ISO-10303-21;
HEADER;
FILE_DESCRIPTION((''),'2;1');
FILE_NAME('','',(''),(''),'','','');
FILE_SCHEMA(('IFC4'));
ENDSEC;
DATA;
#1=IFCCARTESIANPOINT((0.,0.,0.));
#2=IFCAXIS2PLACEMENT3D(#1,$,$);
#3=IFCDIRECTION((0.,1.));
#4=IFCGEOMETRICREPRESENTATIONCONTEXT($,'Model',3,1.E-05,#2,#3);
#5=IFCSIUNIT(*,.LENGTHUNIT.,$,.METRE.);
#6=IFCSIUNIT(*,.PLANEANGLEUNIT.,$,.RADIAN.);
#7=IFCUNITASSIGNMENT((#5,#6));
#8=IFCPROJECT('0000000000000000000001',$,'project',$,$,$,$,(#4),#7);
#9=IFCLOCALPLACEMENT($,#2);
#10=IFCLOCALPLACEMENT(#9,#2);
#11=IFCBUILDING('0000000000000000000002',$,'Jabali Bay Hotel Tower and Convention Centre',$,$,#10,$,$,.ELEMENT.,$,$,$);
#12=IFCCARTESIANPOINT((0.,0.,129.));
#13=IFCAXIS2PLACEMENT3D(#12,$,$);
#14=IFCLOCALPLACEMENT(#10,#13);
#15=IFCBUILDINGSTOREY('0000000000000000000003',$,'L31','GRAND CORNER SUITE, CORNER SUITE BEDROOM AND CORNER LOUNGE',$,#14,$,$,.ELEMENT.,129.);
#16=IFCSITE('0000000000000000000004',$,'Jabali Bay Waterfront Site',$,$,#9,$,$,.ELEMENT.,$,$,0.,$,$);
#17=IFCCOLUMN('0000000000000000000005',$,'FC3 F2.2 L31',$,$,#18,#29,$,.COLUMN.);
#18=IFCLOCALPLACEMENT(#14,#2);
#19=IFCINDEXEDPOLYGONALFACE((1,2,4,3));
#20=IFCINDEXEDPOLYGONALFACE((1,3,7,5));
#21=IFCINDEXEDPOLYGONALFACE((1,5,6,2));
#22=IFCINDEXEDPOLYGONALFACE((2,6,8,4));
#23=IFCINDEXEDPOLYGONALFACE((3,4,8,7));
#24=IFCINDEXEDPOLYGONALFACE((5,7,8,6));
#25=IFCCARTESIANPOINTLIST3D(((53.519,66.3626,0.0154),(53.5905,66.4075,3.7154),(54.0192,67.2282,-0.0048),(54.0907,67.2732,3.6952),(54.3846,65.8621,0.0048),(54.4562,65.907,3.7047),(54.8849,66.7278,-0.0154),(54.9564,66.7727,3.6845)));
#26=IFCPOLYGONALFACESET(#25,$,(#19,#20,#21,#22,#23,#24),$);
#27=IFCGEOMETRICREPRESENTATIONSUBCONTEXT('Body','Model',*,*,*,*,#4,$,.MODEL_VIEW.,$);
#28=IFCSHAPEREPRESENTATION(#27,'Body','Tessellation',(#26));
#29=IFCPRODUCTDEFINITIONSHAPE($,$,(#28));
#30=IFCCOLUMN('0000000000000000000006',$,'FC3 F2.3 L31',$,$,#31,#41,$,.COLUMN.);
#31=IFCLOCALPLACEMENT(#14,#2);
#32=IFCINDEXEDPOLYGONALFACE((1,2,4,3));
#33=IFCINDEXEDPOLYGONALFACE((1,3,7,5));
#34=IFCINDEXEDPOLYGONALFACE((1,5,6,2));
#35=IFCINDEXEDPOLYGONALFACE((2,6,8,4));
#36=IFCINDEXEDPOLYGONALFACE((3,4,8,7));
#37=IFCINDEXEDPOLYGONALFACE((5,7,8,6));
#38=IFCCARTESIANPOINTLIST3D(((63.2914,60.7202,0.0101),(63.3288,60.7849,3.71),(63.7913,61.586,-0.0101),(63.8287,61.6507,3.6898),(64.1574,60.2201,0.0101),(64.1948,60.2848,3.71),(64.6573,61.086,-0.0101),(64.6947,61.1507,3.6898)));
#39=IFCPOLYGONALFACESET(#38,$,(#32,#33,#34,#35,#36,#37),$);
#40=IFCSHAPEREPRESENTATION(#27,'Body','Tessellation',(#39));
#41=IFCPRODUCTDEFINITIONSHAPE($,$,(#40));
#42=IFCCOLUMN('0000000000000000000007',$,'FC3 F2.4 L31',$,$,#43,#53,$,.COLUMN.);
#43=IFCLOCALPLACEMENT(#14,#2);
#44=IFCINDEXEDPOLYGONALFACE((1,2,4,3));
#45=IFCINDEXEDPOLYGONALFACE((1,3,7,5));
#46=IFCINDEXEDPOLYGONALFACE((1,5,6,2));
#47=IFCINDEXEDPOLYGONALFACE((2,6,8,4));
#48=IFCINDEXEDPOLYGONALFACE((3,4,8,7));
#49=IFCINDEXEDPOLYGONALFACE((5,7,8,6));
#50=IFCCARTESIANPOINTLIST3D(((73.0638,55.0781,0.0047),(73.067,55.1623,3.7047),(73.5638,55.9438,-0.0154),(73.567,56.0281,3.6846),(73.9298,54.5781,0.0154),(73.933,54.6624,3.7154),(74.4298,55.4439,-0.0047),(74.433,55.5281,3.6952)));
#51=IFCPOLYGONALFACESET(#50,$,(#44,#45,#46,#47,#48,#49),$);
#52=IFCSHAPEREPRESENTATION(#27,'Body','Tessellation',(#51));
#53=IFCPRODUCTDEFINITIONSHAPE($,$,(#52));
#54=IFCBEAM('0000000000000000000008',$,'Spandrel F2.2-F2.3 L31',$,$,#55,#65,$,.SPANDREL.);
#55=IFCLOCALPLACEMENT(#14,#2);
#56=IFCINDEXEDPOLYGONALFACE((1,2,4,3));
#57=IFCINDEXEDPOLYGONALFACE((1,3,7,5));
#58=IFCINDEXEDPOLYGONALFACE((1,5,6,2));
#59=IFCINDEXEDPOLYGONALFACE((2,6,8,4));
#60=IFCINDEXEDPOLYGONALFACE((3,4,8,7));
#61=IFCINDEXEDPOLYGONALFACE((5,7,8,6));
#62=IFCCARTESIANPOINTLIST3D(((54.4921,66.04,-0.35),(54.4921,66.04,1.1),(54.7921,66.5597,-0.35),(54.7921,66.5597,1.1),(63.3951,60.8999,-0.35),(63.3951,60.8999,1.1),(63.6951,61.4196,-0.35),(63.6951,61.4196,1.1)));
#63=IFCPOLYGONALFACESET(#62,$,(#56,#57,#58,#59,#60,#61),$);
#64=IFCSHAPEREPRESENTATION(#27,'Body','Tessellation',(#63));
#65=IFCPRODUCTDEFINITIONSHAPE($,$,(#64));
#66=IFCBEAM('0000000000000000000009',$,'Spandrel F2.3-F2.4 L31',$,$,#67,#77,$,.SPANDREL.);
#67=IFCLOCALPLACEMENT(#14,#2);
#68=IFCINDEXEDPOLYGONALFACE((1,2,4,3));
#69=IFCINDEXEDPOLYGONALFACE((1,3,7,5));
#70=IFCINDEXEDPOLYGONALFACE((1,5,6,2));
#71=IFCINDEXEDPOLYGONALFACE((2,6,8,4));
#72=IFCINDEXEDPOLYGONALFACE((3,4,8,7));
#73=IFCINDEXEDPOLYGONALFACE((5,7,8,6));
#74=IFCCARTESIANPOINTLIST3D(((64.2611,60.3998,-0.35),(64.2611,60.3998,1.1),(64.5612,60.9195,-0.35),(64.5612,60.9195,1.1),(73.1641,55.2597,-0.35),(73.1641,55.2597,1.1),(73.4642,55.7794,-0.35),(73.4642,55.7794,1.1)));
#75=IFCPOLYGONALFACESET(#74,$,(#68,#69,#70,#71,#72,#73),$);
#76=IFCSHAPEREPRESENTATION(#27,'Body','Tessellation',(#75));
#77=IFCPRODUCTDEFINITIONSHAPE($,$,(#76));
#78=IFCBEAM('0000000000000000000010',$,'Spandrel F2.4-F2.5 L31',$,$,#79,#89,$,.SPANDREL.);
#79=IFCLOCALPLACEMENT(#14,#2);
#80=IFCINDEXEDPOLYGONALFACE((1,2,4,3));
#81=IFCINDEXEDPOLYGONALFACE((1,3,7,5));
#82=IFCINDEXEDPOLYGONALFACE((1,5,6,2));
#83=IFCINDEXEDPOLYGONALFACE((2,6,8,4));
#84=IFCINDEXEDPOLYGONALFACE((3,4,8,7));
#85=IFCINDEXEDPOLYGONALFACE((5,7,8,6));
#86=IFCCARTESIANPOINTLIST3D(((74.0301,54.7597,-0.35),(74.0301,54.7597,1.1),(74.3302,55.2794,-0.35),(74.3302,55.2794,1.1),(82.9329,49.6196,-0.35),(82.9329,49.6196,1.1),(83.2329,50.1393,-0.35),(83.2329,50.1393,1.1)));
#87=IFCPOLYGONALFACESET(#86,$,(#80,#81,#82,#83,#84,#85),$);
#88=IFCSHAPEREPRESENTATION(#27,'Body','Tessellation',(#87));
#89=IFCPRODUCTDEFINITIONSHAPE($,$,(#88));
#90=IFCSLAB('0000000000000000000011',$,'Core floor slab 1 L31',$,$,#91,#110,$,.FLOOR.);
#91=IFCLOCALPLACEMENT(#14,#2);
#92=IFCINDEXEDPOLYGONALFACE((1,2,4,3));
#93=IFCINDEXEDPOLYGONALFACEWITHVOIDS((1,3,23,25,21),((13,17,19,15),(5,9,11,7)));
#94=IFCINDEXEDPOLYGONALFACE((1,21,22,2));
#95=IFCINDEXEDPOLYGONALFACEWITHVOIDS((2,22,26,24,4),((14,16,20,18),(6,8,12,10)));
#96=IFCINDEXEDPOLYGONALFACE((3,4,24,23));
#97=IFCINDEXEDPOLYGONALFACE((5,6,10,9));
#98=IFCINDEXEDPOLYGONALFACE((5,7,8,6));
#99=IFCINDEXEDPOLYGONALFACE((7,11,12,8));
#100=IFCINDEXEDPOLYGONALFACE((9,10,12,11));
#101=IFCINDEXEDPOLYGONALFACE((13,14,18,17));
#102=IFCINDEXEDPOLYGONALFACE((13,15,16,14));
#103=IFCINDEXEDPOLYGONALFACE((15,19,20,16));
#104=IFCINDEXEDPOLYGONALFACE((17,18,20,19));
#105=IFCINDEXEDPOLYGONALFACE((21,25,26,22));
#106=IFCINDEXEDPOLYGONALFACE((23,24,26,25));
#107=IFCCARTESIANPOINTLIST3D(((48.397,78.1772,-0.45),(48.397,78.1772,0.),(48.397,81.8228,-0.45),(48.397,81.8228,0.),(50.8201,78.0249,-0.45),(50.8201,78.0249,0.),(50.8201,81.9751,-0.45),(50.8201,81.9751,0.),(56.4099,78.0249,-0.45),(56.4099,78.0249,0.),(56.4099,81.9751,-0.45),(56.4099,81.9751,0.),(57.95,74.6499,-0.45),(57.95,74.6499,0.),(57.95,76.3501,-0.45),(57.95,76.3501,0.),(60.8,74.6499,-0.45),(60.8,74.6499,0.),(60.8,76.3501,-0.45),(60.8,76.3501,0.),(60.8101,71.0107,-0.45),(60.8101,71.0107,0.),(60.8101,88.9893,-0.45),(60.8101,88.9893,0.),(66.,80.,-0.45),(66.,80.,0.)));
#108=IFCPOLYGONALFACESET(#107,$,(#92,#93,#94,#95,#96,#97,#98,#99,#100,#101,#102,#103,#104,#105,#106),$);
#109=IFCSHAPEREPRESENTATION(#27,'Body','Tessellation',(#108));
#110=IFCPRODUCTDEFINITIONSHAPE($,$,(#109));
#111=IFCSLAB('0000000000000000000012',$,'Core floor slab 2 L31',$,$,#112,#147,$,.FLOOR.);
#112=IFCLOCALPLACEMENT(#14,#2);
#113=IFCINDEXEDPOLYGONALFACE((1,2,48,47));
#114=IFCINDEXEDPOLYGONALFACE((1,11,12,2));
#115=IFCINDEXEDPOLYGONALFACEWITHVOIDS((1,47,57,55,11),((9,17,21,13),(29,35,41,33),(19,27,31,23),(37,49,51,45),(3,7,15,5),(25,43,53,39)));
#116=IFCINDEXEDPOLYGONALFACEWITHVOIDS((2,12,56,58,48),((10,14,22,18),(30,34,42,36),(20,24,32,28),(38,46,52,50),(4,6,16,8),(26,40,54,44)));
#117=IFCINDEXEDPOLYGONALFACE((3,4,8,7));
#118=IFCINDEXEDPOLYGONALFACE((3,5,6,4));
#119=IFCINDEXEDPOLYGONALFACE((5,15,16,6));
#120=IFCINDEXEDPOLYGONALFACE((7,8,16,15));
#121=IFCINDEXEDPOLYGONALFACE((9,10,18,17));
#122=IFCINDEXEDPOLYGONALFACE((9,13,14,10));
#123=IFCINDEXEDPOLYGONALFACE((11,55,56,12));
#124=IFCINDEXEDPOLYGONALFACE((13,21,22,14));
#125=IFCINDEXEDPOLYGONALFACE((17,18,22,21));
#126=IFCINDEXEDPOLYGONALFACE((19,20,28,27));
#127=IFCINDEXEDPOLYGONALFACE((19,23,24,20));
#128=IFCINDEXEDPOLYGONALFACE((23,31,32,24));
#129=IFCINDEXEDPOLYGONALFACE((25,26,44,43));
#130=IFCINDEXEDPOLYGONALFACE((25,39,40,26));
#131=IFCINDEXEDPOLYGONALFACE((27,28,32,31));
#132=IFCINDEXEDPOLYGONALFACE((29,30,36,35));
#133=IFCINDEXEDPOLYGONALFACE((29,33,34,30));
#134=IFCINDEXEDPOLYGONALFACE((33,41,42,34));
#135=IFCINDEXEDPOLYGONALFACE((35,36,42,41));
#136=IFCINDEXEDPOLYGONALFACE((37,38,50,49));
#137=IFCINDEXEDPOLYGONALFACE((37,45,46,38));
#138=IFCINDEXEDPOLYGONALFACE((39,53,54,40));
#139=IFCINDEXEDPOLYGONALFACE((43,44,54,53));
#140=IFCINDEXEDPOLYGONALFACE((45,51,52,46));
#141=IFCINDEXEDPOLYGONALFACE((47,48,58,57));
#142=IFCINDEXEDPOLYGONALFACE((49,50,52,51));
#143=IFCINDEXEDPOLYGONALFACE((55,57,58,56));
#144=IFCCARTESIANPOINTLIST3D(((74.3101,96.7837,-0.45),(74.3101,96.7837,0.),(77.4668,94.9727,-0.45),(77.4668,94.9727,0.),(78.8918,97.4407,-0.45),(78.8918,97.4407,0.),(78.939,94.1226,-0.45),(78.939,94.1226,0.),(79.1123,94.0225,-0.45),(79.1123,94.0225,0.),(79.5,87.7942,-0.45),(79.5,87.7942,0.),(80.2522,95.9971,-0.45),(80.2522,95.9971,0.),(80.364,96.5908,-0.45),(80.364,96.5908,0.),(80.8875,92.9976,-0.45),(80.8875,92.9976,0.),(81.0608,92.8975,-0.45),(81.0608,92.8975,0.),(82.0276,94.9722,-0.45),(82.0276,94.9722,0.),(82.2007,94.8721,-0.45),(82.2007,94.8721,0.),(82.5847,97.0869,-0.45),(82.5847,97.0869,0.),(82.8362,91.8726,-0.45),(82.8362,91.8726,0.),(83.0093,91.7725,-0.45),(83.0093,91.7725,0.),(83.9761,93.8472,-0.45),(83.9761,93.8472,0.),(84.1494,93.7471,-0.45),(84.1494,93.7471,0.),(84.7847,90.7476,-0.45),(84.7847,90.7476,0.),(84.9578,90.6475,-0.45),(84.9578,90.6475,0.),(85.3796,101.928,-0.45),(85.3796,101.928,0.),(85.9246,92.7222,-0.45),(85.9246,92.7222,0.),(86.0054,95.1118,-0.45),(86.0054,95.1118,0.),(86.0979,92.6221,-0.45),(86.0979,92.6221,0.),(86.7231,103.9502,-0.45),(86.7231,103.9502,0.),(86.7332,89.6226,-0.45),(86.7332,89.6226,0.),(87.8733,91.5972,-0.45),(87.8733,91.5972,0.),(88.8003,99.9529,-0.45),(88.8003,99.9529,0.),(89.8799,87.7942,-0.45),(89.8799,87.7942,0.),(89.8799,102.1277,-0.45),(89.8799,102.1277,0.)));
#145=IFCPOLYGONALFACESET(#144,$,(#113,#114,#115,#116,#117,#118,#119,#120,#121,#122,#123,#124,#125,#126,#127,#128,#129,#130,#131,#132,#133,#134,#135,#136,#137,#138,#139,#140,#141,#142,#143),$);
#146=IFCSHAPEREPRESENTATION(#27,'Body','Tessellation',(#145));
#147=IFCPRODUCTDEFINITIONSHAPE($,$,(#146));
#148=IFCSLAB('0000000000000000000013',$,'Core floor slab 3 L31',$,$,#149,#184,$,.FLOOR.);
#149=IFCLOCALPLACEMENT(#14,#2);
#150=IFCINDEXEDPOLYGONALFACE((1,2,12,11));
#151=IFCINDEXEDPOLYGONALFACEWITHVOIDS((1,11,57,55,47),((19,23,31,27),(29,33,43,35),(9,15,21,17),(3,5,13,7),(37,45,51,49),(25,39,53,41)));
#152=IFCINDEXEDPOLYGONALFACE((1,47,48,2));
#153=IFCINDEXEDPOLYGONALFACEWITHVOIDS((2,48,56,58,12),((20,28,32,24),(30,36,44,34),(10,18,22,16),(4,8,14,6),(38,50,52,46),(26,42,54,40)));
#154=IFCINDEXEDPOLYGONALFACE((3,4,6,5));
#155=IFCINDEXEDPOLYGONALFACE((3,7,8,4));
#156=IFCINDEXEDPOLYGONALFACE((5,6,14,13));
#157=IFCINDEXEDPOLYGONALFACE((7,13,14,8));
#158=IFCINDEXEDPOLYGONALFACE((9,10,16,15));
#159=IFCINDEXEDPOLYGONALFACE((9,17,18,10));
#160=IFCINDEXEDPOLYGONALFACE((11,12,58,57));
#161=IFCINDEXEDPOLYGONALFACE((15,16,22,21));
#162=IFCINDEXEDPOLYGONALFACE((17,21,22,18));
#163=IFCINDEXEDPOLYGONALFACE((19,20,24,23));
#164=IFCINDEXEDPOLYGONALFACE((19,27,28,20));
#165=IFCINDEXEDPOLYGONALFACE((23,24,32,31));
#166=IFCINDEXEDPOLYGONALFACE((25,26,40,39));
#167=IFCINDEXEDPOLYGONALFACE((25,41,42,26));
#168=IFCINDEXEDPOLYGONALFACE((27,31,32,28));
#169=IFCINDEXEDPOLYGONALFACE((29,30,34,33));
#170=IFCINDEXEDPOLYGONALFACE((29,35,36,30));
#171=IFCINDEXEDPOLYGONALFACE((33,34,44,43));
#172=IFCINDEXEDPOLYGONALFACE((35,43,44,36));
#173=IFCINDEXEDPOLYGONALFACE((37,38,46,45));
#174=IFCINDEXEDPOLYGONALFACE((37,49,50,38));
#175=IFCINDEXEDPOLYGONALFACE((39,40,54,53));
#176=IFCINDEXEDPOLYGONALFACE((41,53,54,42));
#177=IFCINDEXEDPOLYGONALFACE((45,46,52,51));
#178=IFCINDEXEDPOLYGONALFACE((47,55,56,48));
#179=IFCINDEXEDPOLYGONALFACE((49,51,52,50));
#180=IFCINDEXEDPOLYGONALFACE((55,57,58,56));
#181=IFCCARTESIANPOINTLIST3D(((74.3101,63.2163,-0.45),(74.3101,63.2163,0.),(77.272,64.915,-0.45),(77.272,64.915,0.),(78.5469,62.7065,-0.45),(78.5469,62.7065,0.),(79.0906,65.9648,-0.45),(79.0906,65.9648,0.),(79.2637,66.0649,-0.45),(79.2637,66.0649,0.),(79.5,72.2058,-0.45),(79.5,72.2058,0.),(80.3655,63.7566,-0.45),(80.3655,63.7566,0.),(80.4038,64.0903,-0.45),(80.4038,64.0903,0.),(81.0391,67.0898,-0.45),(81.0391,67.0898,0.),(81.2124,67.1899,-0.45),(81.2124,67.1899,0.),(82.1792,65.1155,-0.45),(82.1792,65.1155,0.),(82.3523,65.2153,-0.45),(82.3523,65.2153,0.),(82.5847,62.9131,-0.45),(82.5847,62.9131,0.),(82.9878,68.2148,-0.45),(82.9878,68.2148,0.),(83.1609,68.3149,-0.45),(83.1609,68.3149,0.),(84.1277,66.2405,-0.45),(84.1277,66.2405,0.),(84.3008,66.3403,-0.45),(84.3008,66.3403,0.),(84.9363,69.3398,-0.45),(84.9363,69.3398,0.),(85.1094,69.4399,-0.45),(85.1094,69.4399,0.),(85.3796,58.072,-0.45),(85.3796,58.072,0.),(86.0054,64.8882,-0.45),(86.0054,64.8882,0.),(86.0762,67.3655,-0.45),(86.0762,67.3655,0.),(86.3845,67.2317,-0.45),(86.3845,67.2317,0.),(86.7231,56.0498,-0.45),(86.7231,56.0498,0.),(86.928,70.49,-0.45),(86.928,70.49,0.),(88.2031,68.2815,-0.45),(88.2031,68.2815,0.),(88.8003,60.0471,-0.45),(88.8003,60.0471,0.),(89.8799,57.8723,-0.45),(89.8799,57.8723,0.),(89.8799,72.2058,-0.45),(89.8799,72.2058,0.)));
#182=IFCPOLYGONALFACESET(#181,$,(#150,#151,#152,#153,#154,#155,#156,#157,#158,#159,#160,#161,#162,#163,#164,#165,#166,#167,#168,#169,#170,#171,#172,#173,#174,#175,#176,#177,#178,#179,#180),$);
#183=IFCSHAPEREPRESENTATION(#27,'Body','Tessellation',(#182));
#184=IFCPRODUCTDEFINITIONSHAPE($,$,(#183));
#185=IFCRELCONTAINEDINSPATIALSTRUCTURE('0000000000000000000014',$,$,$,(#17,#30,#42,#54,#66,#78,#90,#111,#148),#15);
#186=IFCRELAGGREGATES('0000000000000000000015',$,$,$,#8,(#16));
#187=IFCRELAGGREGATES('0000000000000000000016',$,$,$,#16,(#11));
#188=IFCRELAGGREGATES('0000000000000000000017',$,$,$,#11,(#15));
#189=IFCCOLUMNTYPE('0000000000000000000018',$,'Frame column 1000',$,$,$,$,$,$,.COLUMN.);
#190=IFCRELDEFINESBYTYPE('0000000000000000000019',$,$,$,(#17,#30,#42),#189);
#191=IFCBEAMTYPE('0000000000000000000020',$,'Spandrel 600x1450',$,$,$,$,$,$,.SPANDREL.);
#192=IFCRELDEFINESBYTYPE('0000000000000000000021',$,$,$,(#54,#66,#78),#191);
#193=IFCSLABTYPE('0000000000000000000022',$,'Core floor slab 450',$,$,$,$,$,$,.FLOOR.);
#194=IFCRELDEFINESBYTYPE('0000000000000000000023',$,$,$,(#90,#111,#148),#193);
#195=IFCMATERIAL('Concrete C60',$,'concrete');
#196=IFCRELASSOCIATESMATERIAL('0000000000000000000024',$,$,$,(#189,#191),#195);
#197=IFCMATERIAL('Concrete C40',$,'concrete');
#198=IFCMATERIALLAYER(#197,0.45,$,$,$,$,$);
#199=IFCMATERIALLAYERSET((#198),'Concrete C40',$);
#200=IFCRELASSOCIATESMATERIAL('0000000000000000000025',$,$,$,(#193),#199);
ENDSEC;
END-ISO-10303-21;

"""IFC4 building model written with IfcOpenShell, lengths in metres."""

from ifc_helpers import new_model, si_unit, direction, frame, origin, origin_2d, place, context, subcontext, project, spatial, polyline, rectangle, outline, extrude, material, layer, layer_set, material_profile, profile_set, type_object, element, save


model = new_model("IFC4")

# Units and contexts
model_context = context("Model", 3, precision=1e-05, world=origin(), true_north=direction((0.0, 1.0)))
body_context = subcontext(model_context, "Body", "Model", "MODEL_VIEW")
ifc_project = project(units=[si_unit("LENGTHUNIT", "METRE"), si_unit("PLANEANGLEUNIT", "RADIAN")], contexts=[model_context])

# Site, building, storey
site_placement = place(None, origin())
site = spatial("IfcSite", under=ifc_project, at=site_placement, Name="Jabali Bay Waterfront Site", CompositionType="ELEMENT", RefElevation=0.0)
building_placement = place(site_placement, origin())
building = spatial("IfcBuilding", under=site, at=building_placement, Name="Jabali Bay Hotel Tower and Convention Centre", CompositionType="ELEMENT")
storey_placement = place(building_placement, frame((0.0, 0.0, 129.0)))
storey = spatial("IfcBuildingStorey", under=building, at=storey_placement, Name="L31", Description="GRAND CORNER SUITE, CORNER SUITE BEDROOM AND CORNER LOUNGE", CompositionType="ELEMENT", Elevation=129.0)

# Columns
ifc_material_1 = material(Name="Concrete C60", Category="concrete")
ifc_material_profile_1 = material_profile(ifc_material_1, rectangle(XDim=1.0, YDim=1.0, at=origin_2d()), Name="Frame column 1000")
ifc_profile_set_1 = profile_set([ifc_material_profile_1], Name="Concrete C60")
column_type = type_object("IfcColumnType", Name="Frame column 1000", PredefinedType="COLUMN", material=ifc_profile_set_1)
column_1_placement = place(storey_placement, frame((54.2019, 66.5452, 0.0), z_axis=(0.019329, 0.012138, 0.99974), x_axis=(-0.865686, 0.500474, 0.01066)))
element("IfcColumn", 1, at=column_1_placement, inside=storey, type_object=column_type, Name="FC3 F2.2 L31", PredefinedType="COLUMN", context=body_context, shape_type="SweptSolid", body=[
    extrude(rectangle(XDim=1.0, YDim=1.0, at=origin_2d()), origin(), (0.0, 0.0, 1.0), 3.7009),
])
column_2_placement = place(storey_placement, frame((63.9744, 60.9031, 0.0), z_axis=(0.010094, 0.017482, 0.999796), x_axis=(-0.499913, -0.86584, 0.020187)))
element("IfcColumn", 2, at=column_2_placement, inside=storey, type_object=column_type, Name="FC3 F2.3 L31", PredefinedType="COLUMN", context=body_context, shape_type="SweptSolid", body=[
    extrude(rectangle(XDim=1.0, YDim=1.0, at=origin_2d()), origin(), (0.0, 0.0, 1.0), 3.7007),
])
column_3_placement = place(storey_placement, frame((73.7468, 55.261, 0.0), z_axis=(0.000858, 0.022759, 0.999741), x_axis=(-0.500043, -0.865766, 0.020138)))
element("IfcColumn", 3, at=column_3_placement, inside=storey, type_object=column_type, Name="FC3 F2.4 L31", PredefinedType="COLUMN", context=body_context, shape_type="SweptSolid", body=[
    extrude(rectangle(XDim=1.0, YDim=1.0, at=origin_2d()), origin(), (0.0, 0.0, 1.0), 3.7009),
])

# Beams
ifc_material_profile_2 = material_profile(ifc_material_1, rectangle(XDim=0.6001, YDim=1.45, at=origin_2d()), Name="Spandrel 600x1450")
ifc_profile_set_2 = profile_set([ifc_material_profile_2], Name="Concrete C60")
beam_type = type_object("IfcBeamType", Name="Spandrel 600x1450", PredefinedType="SPANDREL", material=ifc_profile_set_2)
for number, where, z_axis, x_axis, name in (
    (4, (54.6421, 66.2998, 0.375), (0.866028, -0.499996, 0.0), (0.499996, 0.866028, 0.0), "Spandrel F2.2-F2.3 L31"),
    (5, (64.4111, 60.6597, 0.375), (0.866028, -0.499996, 0.0), (0.499996, 0.866028, 0.0), "Spandrel F2.3-F2.4 L31"),
):
    element("IfcBeam", number, at=place(storey_placement, frame(where, z_axis=z_axis, x_axis=x_axis)), inside=storey, type_object=beam_type, Name=name, PredefinedType="SPANDREL", context=body_context, shape_type="SweptSolid", body=[
        extrude(rectangle(XDim=0.6001, YDim=1.45, at=origin_2d()), origin(), (0.0, 0.0, 1.0), 10.2803),
    ])
beam_placement = place(storey_placement, frame((74.1802, 55.0195, 0.375), z_axis=(0.866022, -0.500006, 0.0), x_axis=(0.500006, 0.866022, 0.0)))
element("IfcBeam", 6, at=beam_placement, inside=storey, type_object=beam_type, Name="Spandrel F2.4-F2.5 L31", PredefinedType="SPANDREL", context=body_context, shape_type="SweptSolid", body=[
    extrude(rectangle(XDim=0.6001, YDim=1.45, at=origin_2d()), origin(), (0.0, 0.0, 1.0), 10.28),
])

# Slabs
ifc_material_2 = material(Name="Concrete C40", Category="concrete")
ifc_layer_1 = layer(ifc_material_2, 0.45)
ifc_layer_set_1 = layer_set([ifc_layer_1], Name="Concrete C40")
slab_type_1 = type_object("IfcSlabType", Name="Core floor slab 450", PredefinedType="FLOOR", material=ifc_layer_set_1)
slab_1_placement = place(storey_placement, frame((0.0, 0.0, -0.45)))
element("IfcSlab", 7, at=slab_1_placement, inside=storey, type_object=slab_type_1, Name="Core floor slab 1 L31", PredefinedType="FLOOR", context=body_context, shape_type="SweptSolid", body=[
    extrude(outline(polyline([(66.0, 80.0), (60.8101, 88.9893), (48.397, 81.8228), (48.397, 78.1772), (60.8101, 71.0107), (66.0, 80.0)]), holes=[polyline([(60.8, 76.3501), (57.95, 76.3501), (57.95, 74.6499), (60.8, 74.6499), (60.8, 76.3501)]), polyline([(50.8201, 81.9751), (50.8201, 78.0249), (56.4099, 78.0249), (56.4099, 81.9751), (50.8201, 81.9751)])]), origin(), (0.0, 0.0, 1.0), 0.45),
])
slab_2_placement = place(storey_placement, frame((0.0, 0.0, -0.45)))
element("IfcSlab", 8, at=slab_2_placement, inside=storey, type_object=slab_type_1, Name="Core floor slab 2 L31", PredefinedType="FLOOR", context=body_context, shape_type="SweptSolid", body=[
    extrude(outline(polyline([(79.5, 87.7942), (89.8799, 87.7942), (89.8799, 102.1277), (86.7231, 103.9502), (74.3101, 96.7837), (79.5, 87.7942)]), holes=[polyline([(84.9578, 90.6475), (86.7332, 89.6226), (87.8733, 91.5972), (86.0979, 92.6221), (84.9578, 90.6475)]), polyline([(84.1494, 93.7471), (83.0093, 91.7725), (84.7847, 90.7476), (85.9246, 92.7222), (84.1494, 93.7471)]), polyline([(82.2007, 94.8721), (81.0608, 92.8975), (82.8362, 91.8726), (83.9761, 93.8472), (82.2007, 94.8721)]), polyline([(79.1123, 94.0225), (80.8875, 92.9976), (82.0276, 94.9722), (80.2522, 95.9971), (79.1123, 94.0225)]), polyline([(78.8918, 97.4407), (77.4668, 94.9727), (78.939, 94.1226), (80.364, 96.5908), (78.8918, 97.4407)]), polyline([(82.5847, 97.0869), (86.0054, 95.1118), (88.8003, 99.9529), (85.3796, 101.928), (82.5847, 97.0869)])]), origin(), (0.0, 0.0, 1.0), 0.45),
])
slab_3_placement = place(storey_placement, frame((0.0, 0.0, -0.45)))
element("IfcSlab", 9, at=slab_3_placement, inside=storey, type_object=slab_type_1, Name="Core floor slab 3 L31", PredefinedType="FLOOR", context=body_context, shape_type="SweptSolid", body=[
    extrude(outline(polyline([(79.5, 72.2058), (74.3101, 63.2163), (86.7231, 56.0498), (89.8799, 57.8723), (89.8799, 72.2058), (79.5, 72.2058)]), holes=[polyline([(82.5847, 62.9131), (85.3796, 58.072), (88.8003, 60.0471), (86.0054, 64.8882), (82.5847, 62.9131)]), polyline([(80.3655, 63.7566), (79.0906, 65.9648), (77.272, 64.915), (78.5469, 62.7065), (80.3655, 63.7566)]), polyline([(82.1792, 65.1155), (81.0391, 67.0898), (79.2637, 66.0649), (80.4038, 64.0903), (82.1792, 65.1155)]), polyline([(82.9878, 68.2148), (81.2124, 67.1899), (82.3523, 65.2153), (84.1277, 66.2405), (82.9878, 68.2148)]), polyline([(86.0762, 67.3655), (84.9363, 69.3398), (83.1609, 68.3149), (84.3008, 66.3403), (86.0762, 67.3655)]), polyline([(88.2031, 68.2815), (86.928, 70.49), (85.1094, 69.4399), (86.3845, 67.2317), (88.2031, 68.2815)])]), origin(), (0.0, 0.0, 1.0), 0.45),
])

save(model, "model.ifc")
